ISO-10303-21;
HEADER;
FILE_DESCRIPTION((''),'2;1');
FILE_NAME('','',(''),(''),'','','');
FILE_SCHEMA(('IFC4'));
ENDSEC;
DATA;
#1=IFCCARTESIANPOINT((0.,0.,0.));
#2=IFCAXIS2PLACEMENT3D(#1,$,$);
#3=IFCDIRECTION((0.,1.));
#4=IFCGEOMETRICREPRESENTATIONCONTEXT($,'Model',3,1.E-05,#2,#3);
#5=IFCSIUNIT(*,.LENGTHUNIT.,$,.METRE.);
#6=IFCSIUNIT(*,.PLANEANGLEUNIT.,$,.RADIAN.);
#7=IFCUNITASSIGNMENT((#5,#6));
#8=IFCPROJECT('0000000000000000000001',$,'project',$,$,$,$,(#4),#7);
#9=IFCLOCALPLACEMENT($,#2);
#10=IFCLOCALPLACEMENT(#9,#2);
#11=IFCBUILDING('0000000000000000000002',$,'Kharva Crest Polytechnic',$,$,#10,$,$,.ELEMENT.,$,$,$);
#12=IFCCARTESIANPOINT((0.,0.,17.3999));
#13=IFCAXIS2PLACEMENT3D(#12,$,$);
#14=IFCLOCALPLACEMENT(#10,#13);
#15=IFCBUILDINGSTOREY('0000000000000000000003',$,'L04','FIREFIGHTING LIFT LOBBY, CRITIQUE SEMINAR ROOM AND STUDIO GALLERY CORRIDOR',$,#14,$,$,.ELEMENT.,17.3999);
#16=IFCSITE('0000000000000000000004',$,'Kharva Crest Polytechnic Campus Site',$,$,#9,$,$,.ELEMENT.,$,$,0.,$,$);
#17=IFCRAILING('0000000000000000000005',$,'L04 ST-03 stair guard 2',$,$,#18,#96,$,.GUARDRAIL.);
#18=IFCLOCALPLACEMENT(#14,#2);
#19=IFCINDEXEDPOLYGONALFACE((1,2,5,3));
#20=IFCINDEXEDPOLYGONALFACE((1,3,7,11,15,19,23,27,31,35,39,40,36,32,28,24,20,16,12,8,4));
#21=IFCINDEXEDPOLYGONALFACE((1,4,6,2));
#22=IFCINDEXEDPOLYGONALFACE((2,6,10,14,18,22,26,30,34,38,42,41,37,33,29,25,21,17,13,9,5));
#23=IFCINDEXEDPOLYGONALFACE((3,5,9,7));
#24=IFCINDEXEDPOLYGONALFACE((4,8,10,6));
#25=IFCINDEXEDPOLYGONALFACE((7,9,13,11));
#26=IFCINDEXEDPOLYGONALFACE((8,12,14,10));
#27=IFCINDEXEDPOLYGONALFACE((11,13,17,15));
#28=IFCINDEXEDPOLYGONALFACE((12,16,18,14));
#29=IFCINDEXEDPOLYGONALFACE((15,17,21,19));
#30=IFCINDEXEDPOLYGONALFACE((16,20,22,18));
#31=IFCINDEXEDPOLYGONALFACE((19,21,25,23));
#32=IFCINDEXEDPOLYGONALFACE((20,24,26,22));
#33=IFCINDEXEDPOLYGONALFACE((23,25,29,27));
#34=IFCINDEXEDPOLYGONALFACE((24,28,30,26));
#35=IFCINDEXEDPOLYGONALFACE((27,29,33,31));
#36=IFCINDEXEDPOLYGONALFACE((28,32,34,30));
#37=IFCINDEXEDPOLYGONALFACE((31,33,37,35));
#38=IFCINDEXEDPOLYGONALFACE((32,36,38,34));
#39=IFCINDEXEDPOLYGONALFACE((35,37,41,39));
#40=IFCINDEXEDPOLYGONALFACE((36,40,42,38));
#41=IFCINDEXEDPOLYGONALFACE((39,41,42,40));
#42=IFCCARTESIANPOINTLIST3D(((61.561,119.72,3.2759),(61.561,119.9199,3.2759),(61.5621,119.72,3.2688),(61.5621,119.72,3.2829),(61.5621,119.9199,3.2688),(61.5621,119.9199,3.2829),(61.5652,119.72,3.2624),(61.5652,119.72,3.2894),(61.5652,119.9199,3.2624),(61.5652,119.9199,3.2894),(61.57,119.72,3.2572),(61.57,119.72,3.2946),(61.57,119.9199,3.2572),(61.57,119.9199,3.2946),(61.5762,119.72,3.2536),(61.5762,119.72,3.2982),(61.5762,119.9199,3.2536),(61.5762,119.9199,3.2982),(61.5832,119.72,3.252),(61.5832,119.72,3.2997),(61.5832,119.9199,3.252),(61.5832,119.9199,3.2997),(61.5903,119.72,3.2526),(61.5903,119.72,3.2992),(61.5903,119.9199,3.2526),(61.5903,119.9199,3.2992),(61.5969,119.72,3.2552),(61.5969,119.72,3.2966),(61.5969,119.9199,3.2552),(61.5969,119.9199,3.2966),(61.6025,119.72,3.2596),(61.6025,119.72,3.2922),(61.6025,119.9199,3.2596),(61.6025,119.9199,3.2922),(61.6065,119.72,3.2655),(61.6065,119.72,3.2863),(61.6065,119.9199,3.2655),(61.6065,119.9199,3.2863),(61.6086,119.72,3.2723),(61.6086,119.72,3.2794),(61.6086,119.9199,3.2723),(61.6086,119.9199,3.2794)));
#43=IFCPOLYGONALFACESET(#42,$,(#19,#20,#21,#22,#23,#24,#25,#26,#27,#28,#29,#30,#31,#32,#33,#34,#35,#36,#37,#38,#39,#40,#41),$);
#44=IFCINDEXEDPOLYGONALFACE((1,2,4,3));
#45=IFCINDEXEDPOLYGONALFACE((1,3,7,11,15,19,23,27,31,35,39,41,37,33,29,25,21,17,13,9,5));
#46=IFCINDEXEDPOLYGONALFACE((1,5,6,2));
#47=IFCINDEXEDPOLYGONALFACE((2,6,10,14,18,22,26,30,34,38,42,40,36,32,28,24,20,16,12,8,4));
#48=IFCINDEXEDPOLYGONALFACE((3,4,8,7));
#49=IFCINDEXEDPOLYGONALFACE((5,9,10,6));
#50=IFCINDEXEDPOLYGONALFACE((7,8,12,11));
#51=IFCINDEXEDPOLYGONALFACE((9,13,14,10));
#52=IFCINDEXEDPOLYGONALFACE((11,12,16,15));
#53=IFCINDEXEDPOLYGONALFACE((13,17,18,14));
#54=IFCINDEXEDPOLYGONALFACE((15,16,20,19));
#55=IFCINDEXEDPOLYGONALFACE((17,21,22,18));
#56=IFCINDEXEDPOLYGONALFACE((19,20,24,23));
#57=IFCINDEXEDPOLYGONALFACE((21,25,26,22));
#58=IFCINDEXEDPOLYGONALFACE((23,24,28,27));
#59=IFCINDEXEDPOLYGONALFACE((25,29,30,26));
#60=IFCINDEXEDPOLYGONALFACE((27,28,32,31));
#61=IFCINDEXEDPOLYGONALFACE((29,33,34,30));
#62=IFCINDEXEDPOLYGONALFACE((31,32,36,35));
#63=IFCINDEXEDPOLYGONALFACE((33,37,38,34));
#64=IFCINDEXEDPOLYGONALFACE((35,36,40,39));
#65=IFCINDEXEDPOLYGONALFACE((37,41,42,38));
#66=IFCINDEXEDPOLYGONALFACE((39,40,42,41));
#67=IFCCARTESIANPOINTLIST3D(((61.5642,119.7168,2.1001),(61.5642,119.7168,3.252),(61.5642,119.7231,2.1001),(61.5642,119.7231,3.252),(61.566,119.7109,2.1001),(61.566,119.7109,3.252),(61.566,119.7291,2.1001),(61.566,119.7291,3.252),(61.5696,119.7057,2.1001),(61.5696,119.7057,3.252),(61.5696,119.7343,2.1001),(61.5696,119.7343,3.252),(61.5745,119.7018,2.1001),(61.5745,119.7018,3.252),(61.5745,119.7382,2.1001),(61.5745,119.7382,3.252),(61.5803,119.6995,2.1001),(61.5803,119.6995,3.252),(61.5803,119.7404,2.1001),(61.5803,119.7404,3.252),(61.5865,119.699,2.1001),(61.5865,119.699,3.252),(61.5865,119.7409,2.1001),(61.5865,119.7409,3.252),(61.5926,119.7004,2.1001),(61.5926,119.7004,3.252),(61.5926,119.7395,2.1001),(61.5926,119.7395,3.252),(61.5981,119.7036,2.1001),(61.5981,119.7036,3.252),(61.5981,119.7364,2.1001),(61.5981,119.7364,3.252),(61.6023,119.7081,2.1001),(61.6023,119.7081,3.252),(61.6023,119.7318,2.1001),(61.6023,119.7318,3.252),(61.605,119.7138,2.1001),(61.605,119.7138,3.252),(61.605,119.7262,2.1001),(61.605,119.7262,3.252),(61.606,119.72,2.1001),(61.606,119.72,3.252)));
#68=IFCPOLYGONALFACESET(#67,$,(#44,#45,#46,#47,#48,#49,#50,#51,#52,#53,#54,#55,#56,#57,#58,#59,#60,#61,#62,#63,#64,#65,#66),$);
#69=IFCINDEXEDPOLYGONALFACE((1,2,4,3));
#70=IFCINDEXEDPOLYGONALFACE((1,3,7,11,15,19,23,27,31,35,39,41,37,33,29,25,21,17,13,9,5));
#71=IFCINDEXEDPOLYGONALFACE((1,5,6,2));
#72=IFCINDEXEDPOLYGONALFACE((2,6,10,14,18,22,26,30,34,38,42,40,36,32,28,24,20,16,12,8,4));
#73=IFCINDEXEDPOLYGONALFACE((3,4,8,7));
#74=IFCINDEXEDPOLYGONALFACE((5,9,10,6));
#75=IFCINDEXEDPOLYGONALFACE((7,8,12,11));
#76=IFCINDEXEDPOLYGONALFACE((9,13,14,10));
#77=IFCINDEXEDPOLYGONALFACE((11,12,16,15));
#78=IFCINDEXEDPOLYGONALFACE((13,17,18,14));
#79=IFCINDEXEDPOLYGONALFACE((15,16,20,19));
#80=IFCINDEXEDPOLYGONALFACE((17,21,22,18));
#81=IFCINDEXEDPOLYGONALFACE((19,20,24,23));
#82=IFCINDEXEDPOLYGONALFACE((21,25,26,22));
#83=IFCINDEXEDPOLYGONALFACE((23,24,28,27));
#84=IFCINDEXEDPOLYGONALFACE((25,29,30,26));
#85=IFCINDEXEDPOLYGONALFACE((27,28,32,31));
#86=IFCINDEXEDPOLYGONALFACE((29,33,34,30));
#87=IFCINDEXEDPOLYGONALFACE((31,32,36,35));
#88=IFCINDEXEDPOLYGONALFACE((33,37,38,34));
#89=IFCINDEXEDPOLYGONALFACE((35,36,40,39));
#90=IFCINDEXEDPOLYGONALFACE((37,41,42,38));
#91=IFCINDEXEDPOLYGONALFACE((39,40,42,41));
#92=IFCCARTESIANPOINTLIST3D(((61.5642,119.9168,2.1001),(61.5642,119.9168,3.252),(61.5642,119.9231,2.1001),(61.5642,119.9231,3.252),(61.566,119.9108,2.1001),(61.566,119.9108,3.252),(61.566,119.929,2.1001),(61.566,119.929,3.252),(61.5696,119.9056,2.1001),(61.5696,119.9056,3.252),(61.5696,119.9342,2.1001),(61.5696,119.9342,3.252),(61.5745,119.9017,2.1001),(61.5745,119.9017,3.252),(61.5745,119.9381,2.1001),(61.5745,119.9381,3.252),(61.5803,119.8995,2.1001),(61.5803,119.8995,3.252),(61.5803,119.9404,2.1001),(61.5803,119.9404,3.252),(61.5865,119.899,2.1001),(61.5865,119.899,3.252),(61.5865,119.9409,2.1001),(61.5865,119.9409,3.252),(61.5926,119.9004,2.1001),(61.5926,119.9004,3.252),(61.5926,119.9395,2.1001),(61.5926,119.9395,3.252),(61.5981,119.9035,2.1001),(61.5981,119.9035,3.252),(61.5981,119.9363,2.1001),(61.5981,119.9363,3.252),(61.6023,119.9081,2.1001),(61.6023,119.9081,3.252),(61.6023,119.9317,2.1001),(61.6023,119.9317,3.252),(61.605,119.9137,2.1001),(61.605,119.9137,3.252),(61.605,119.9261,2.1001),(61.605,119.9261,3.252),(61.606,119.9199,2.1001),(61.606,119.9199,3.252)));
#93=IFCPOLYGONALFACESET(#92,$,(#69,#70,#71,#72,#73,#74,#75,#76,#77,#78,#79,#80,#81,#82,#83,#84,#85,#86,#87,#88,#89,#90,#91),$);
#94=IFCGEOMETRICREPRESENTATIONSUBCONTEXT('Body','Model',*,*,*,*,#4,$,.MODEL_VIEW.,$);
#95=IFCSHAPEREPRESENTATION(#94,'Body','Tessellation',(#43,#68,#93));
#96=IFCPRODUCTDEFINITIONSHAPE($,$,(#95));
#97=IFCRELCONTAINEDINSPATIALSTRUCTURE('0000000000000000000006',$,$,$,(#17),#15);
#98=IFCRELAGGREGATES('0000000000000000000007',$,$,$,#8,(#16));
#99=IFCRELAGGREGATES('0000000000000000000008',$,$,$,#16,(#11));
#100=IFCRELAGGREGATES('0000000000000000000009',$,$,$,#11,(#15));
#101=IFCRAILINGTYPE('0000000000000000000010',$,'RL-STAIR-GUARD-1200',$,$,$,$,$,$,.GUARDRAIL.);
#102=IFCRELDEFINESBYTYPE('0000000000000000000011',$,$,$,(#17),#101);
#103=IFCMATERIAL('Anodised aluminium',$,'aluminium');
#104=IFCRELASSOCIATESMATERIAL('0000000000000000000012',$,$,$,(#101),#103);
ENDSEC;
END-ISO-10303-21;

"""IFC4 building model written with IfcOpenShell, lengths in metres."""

from ifc_helpers import new_model, si_unit, direction, frame, origin, origin_2d, place, context, subcontext, project, spatial, circle, extrude, material, type_object, element, save


model = new_model("IFC4")

# Units and contexts
model_context = context("Model", 3, precision=1e-05, world=origin(), true_north=direction((0.0, 1.0)))
body_context = subcontext(model_context, "Body", "Model", "MODEL_VIEW")
ifc_project = project(units=[si_unit("LENGTHUNIT", "METRE"), si_unit("PLANEANGLEUNIT", "RADIAN")], contexts=[model_context])

# Site, building, storey
site_placement = place(None, origin())
site = spatial("IfcSite", under=ifc_project, at=site_placement, Name="Kharva Crest Polytechnic Campus Site", CompositionType="ELEMENT", RefElevation=0.0)
building_placement = place(site_placement, origin())
building = spatial("IfcBuilding", under=site, at=building_placement, Name="Kharva Crest Polytechnic", CompositionType="ELEMENT")
storey_placement = place(building_placement, frame((0.0, 0.0, 17.3999)))
storey = spatial("IfcBuildingStorey", under=building, at=storey_placement, Name="L04", Description="FIREFIGHTING LIFT LOBBY, CRITIQUE SEMINAR ROOM AND STUDIO GALLERY CORRIDOR", CompositionType="ELEMENT", Elevation=17.3999)

# Railing
ifc_material_1 = material(Name="Anodised aluminium", Category="aluminium")
railing_type_1 = type_object("IfcRailingType", Name="RL-STAIR-GUARD-1200", PredefinedType="GUARDRAIL", material=ifc_material_1)
railing_1_placement = place(storey_placement, frame((61.585, 119.72, 2.1001)))
element("IfcRailing", 1, at=railing_1_placement, inside=storey, type_object=railing_type_1, Name="L04 ST-03 stair guard 2", PredefinedType="GUARDRAIL", context=body_context, shape_type="SweptSolid", body=[
    extrude(circle(Radius=0.0239, at=origin_2d()), frame((0.0, 0.0, 1.1758), z_axis=(0.0, 1.0, 0.0), x_axis=(-1.0, 0.0, 0.0)), (0.0, 0.0, 1.0), 0.2),
    extrude(circle(Radius=0.021, at=origin_2d()), origin(), (0.0, 0.0, 1.0), 1.1519),
    extrude(circle(Radius=0.021, at=origin_2d()), frame((0.0, 0.2, 0.0)), (0.0, 0.0, 1.0), 1.1519),
])

save(model, "model.ifc")
